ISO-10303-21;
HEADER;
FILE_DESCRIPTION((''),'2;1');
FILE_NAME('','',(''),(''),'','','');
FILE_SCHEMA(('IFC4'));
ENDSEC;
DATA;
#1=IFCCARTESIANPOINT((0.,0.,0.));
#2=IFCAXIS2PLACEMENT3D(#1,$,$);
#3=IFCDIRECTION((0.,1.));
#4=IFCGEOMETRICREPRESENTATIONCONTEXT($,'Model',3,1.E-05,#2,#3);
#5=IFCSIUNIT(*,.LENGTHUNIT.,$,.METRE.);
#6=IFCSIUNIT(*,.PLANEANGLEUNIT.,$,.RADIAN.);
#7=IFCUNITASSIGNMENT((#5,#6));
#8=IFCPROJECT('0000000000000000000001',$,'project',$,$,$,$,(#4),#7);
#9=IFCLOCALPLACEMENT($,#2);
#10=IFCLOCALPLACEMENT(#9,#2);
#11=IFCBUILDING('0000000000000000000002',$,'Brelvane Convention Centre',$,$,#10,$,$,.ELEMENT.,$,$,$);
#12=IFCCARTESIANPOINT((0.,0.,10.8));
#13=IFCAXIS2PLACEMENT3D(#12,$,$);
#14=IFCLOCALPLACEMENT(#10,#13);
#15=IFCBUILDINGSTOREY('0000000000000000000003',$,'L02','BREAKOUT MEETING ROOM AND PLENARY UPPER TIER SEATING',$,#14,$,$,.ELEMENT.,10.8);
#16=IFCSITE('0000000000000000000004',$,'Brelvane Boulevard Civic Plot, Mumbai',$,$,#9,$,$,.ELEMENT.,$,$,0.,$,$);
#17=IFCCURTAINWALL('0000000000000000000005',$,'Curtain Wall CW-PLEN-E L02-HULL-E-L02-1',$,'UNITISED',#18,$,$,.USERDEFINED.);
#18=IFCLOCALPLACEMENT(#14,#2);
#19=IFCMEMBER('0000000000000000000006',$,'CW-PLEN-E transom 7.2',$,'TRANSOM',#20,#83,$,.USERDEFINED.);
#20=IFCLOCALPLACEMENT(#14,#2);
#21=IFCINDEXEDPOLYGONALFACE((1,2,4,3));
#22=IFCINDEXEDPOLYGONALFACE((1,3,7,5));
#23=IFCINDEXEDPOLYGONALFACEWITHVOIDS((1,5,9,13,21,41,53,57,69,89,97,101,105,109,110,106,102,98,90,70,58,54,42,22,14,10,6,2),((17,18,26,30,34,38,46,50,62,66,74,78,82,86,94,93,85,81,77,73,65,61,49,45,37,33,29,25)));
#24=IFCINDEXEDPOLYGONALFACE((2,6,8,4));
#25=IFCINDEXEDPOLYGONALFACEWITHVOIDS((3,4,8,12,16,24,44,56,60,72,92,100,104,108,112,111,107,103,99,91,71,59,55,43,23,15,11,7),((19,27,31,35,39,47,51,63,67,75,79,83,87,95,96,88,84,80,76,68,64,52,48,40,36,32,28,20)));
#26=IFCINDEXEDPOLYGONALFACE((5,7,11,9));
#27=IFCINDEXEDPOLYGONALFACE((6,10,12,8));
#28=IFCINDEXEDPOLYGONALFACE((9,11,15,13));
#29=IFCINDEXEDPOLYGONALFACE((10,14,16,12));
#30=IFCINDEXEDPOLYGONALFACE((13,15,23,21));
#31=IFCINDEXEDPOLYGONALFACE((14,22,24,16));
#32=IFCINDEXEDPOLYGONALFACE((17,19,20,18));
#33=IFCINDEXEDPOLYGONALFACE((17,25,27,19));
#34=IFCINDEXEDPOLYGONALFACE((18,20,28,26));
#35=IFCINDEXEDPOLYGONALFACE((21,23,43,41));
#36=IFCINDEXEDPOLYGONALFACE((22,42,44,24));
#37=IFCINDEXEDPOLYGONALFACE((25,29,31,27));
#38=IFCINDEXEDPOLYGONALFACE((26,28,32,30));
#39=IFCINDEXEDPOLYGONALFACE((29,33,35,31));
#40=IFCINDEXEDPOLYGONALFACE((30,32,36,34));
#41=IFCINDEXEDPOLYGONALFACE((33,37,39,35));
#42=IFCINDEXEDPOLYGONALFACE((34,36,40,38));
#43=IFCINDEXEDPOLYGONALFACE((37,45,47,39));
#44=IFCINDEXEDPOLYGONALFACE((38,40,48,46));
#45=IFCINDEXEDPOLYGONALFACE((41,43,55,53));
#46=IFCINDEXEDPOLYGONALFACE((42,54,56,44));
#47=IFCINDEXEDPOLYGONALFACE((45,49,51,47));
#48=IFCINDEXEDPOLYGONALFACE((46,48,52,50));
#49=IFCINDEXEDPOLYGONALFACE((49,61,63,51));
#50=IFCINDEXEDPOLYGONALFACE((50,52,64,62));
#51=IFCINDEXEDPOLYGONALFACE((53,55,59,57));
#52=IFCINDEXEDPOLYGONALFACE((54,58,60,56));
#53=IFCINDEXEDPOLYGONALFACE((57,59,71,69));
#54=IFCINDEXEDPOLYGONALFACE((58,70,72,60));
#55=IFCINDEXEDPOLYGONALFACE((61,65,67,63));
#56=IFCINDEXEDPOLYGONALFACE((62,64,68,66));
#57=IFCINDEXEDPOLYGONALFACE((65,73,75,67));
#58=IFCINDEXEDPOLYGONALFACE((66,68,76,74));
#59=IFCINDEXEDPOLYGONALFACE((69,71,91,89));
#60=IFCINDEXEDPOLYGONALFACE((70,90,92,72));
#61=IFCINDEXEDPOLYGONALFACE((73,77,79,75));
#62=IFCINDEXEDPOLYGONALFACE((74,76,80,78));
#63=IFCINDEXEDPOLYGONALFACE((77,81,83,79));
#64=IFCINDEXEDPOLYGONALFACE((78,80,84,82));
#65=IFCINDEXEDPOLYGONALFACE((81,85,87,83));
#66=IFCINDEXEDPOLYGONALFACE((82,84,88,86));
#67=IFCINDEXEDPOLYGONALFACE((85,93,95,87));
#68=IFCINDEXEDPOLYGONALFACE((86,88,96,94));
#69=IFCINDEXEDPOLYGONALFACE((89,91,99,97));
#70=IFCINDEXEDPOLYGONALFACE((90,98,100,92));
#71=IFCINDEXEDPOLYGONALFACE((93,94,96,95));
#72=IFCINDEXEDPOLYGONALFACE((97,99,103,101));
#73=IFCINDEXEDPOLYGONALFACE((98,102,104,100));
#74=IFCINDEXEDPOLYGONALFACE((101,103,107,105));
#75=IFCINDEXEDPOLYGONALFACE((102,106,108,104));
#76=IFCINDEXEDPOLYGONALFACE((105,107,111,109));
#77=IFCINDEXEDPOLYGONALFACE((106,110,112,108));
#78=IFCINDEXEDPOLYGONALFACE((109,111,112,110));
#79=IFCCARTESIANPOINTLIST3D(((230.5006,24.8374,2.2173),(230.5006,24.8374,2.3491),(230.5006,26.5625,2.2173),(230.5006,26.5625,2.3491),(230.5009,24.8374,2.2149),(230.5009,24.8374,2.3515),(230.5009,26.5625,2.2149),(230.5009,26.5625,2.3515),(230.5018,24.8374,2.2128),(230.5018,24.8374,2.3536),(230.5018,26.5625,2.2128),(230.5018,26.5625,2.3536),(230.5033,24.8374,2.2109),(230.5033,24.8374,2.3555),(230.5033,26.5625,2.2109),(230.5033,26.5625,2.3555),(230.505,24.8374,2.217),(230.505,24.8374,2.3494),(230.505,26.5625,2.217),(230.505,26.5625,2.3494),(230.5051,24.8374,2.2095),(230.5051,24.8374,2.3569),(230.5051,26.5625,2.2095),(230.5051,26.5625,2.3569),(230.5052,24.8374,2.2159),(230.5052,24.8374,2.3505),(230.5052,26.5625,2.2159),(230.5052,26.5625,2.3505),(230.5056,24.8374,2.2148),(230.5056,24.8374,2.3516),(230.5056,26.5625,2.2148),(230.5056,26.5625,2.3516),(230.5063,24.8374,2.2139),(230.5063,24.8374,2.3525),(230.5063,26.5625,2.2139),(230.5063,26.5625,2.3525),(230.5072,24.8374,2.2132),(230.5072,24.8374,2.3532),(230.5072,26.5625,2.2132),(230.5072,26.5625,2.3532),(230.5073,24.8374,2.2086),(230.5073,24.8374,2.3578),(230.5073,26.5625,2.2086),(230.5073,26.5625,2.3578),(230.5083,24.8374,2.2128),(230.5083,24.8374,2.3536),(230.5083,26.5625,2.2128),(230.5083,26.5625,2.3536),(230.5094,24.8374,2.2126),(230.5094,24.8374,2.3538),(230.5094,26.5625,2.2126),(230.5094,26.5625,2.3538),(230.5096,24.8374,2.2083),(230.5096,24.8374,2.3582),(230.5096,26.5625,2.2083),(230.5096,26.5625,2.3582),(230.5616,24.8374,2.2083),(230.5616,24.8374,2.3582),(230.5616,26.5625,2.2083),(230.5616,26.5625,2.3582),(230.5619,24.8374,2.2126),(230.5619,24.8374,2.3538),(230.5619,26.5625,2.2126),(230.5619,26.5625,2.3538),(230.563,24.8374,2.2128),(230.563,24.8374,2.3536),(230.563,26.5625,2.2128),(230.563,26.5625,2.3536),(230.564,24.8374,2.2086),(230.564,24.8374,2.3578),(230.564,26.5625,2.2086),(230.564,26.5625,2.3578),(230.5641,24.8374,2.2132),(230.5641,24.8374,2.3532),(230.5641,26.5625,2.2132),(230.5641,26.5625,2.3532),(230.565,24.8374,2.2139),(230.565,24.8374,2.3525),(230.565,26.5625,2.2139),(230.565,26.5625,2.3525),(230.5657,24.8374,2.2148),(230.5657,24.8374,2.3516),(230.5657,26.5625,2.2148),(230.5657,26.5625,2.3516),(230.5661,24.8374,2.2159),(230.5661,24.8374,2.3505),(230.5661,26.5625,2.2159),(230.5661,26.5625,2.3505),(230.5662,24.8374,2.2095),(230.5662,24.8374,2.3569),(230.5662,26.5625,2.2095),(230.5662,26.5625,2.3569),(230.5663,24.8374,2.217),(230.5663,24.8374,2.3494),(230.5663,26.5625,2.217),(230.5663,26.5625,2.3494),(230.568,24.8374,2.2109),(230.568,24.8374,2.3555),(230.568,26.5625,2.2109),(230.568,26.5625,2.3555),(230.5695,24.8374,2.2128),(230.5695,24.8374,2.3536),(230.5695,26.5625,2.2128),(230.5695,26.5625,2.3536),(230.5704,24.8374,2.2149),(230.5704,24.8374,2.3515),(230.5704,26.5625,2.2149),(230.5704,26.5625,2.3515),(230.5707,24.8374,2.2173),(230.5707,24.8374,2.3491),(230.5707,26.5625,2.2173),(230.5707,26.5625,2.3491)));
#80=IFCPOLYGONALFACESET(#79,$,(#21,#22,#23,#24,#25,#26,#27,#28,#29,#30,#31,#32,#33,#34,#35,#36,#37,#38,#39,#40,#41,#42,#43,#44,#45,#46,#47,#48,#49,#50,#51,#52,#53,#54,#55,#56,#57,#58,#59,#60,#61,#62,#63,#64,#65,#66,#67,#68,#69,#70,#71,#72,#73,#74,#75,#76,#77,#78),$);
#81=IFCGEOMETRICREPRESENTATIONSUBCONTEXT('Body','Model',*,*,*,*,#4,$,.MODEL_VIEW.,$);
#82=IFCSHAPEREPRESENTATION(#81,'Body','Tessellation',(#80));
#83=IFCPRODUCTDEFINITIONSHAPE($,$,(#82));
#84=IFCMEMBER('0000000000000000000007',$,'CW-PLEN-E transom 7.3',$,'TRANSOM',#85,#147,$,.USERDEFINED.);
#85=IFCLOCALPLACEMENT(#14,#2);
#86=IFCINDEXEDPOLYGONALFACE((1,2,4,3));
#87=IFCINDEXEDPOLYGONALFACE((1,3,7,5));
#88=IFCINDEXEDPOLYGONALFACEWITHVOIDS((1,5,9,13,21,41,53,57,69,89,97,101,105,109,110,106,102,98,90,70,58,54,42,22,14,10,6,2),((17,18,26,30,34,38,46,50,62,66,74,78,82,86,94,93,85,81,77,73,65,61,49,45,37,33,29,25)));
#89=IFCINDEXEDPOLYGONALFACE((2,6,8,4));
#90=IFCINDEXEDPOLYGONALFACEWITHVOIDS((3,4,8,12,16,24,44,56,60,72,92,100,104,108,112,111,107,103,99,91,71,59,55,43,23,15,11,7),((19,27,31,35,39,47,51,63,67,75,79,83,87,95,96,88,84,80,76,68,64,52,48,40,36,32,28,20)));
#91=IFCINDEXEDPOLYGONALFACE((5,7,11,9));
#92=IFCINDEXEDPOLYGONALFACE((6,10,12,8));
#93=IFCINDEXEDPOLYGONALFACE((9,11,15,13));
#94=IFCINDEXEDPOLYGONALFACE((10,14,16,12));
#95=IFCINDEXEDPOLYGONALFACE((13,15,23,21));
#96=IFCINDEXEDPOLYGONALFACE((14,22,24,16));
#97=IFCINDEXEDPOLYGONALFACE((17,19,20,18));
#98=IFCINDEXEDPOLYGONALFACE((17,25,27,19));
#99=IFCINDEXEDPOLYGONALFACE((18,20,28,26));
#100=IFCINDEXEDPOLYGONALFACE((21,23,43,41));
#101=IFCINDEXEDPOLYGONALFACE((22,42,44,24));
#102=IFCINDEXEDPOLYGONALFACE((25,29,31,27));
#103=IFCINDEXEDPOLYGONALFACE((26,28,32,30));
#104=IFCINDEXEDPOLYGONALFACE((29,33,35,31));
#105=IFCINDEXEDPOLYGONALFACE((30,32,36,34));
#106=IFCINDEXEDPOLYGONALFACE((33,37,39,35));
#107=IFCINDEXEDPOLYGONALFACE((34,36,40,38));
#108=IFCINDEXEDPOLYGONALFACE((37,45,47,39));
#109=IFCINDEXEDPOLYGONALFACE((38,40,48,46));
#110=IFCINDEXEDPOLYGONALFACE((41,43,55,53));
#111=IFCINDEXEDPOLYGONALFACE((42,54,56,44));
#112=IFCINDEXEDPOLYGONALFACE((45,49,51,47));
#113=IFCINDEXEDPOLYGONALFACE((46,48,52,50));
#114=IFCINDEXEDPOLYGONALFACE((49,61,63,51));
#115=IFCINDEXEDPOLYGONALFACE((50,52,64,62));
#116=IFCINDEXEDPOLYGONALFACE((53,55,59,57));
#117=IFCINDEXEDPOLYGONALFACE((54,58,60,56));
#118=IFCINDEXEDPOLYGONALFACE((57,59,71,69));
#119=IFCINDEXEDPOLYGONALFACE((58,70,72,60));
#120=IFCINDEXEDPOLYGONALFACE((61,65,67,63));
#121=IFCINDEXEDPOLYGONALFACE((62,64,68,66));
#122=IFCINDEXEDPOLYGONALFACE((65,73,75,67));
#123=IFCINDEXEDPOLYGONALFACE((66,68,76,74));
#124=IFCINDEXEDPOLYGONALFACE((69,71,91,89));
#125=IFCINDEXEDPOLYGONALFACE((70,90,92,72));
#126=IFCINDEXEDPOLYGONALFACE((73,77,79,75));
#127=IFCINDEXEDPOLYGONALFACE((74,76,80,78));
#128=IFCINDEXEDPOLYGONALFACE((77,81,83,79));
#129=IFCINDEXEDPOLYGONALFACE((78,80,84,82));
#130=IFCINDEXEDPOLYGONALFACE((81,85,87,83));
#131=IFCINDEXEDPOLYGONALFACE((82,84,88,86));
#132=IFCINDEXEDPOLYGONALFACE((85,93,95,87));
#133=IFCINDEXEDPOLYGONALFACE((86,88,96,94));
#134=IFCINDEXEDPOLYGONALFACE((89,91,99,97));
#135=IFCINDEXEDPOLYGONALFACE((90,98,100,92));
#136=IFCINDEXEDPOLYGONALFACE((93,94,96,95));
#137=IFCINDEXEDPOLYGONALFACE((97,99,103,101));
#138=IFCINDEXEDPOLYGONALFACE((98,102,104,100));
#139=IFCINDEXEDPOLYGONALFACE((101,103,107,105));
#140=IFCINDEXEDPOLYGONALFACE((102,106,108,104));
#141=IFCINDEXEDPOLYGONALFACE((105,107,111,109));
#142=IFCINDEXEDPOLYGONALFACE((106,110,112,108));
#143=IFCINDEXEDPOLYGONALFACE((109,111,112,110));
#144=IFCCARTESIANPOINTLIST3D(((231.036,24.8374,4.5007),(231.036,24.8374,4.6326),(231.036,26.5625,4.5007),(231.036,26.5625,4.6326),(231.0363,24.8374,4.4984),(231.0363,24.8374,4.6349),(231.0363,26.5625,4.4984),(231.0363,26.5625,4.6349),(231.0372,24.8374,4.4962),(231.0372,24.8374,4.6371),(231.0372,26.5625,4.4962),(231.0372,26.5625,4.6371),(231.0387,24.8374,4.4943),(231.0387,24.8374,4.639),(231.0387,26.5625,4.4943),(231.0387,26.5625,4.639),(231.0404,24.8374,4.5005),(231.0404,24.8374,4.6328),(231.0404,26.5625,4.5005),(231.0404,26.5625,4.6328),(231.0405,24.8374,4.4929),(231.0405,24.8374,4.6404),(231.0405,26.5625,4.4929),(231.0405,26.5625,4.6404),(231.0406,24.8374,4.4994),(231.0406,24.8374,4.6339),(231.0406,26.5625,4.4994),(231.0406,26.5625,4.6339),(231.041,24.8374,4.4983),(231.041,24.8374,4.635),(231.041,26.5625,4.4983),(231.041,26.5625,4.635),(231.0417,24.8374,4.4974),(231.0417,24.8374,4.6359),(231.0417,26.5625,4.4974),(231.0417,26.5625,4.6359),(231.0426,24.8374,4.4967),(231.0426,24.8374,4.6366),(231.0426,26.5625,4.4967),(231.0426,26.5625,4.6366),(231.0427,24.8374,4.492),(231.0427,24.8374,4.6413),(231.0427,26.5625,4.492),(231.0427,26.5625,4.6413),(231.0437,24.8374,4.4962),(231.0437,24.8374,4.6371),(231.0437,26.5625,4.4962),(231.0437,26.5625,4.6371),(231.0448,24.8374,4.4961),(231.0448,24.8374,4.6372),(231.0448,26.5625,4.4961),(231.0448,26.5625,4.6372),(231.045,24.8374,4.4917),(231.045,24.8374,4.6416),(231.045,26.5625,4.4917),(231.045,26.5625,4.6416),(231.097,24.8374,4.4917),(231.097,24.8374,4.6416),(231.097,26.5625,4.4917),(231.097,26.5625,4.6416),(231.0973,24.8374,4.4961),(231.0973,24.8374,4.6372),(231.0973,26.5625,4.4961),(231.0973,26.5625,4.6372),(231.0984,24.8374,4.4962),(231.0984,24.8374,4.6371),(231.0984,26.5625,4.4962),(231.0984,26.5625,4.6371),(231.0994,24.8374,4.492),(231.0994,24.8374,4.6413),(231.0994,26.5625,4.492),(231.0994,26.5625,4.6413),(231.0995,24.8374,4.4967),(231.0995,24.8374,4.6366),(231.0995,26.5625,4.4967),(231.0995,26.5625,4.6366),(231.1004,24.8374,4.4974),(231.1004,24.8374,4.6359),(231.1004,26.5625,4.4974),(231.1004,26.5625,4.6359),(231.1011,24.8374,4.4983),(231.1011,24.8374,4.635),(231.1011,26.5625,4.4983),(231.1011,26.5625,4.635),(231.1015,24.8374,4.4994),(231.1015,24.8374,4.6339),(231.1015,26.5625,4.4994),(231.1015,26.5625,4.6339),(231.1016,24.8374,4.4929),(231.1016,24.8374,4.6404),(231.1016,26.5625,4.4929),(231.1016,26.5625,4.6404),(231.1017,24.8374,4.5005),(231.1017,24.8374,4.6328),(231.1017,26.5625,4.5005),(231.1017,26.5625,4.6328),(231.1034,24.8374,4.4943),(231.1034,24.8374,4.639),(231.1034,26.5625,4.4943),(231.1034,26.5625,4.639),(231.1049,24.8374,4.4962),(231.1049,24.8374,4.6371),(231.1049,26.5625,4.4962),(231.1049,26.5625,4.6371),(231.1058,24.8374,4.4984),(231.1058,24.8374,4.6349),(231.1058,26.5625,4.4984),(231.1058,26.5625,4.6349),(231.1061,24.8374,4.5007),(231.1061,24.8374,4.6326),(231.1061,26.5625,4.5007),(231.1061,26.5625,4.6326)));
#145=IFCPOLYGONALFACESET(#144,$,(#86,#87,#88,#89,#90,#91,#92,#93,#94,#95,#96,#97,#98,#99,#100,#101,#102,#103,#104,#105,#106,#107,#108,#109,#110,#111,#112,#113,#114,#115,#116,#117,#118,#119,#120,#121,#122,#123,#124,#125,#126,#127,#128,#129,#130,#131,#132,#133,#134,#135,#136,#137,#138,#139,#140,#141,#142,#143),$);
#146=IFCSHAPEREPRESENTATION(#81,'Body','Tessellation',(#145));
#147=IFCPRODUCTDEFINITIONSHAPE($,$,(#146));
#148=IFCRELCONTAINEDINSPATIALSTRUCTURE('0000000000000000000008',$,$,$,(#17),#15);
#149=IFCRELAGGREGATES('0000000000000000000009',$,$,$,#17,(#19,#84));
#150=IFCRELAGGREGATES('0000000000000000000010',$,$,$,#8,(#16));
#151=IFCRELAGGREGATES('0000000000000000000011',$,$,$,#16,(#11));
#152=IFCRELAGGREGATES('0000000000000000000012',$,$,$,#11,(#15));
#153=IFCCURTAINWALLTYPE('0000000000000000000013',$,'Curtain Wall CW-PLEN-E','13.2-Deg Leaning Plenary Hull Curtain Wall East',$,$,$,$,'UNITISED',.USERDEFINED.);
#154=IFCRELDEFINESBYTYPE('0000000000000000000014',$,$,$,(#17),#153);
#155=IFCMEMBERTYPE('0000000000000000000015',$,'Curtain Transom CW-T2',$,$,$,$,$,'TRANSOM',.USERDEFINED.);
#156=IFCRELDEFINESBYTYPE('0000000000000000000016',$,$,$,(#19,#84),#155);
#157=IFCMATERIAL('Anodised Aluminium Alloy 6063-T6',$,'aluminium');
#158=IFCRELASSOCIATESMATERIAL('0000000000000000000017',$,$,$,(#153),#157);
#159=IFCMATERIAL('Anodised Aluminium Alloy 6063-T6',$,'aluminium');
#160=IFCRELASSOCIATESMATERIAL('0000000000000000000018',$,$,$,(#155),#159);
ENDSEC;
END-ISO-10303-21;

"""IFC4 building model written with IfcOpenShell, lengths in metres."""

from ifc_helpers import new_model, si_unit, direction, frame, origin, origin_2d, place, context, subcontext, project, spatial, hollow_rectangle, extrude, material, material_profile, profile_set, type_object, element, aggregate, save


model = new_model("IFC4")

# Units and contexts
model_context = context("Model", 3, precision=1e-05, world=origin(), true_north=direction((0.0, 1.0)))
body_context = subcontext(model_context, "Body", "Model", "MODEL_VIEW")
ifc_project = project(units=[si_unit("LENGTHUNIT", "METRE"), si_unit("PLANEANGLEUNIT", "RADIAN")], contexts=[model_context])

# Site, building, storey
site_placement = place(None, origin())
site = spatial("IfcSite", under=ifc_project, at=site_placement, Name="Brelvane Boulevard Civic Plot, Mumbai", CompositionType="ELEMENT", RefElevation=0.0)
building_placement = place(site_placement, origin())
building = spatial("IfcBuilding", under=site, at=building_placement, Name="Brelvane Convention Centre", CompositionType="ELEMENT")
storey_placement = place(building_placement, frame((0.0, 0.0, 10.8)))
storey = spatial("IfcBuildingStorey", under=building, at=storey_placement, Name="L02", Description="BREAKOUT MEETING ROOM AND PLENARY UPPER TIER SEATING", CompositionType="ELEMENT", Elevation=10.8)

# Curtain wall, members
ifc_material_1 = material(Name="Anodised Aluminium Alloy 6063-T6", Category="aluminium")
curtain_wall_type = type_object("IfcCurtainWallType", Name="Curtain Wall CW-PLEN-E", Description="13.2-Deg Leaning Plenary Hull Curtain Wall East", ElementType="UNITISED", PredefinedType="USERDEFINED", material=ifc_material_1)
curtain_wall_1_placement = place(storey_placement, origin())
curtain_wall_1 = element("IfcCurtainWall", 1, at=curtain_wall_1_placement, inside=storey, type_object=curtain_wall_type, Name="Curtain Wall CW-PLEN-E L02-HULL-E-L02-1", ObjectType="UNITISED", PredefinedType="USERDEFINED")
ifc_material_2 = material(Name="Anodised Aluminium Alloy 6063-T6", Category="aluminium")
ifc_material_profile = material_profile(ifc_material_2, hollow_rectangle(XDim=0.0701, YDim=0.1499, WallThickness=0.0044, InnerFilletRadius=0.0044, OuterFilletRadius=0.009, at=origin_2d()), Name="ALU-T 150x70x4.5")
ifc_profile_set = profile_set([ifc_material_profile], Name="Anodised Aluminium Alloy 6063-T6")
member_type = type_object("IfcMemberType", Name="Curtain Transom CW-T2", ElementType="TRANSOM", PredefinedType="USERDEFINED", material=ifc_profile_set)
member_1_placement = place(storey_placement, frame((230.5356, 24.8374, 2.2832), z_axis=(0.0, 1.0, 0.0), x_axis=(-1.0, 0.0, 0.0)))
member_1 = element("IfcMember", 2, at=member_1_placement, type_object=member_type, Name="CW-PLEN-E transom 7.2", ObjectType="TRANSOM", PredefinedType="USERDEFINED", context=body_context, shape_type="SweptSolid", body=[
    extrude(hollow_rectangle(XDim=0.0701, YDim=0.1499, WallThickness=0.0044, InnerFilletRadius=0.0044, OuterFilletRadius=0.009, at=origin_2d()), origin(), (0.0, 0.0, 1.0), 1.7251),
])
member_2_placement = place(storey_placement, frame((231.071, 24.8374, 4.5667), z_axis=(0.0, 1.0, 0.0), x_axis=(-1.0, 0.0, 0.0)))
member_2 = element("IfcMember", 3, at=member_2_placement, type_object=member_type, Name="CW-PLEN-E transom 7.3", ObjectType="TRANSOM", PredefinedType="USERDEFINED", context=body_context, shape_type="SweptSolid", body=[
    extrude(hollow_rectangle(XDim=0.0701, YDim=0.1499, WallThickness=0.0044, InnerFilletRadius=0.0044, OuterFilletRadius=0.009, at=origin_2d()), origin(), (0.0, 0.0, 1.0), 1.7251),
])

aggregate(curtain_wall_1, [member_1, member_2])

save(model, "model.ifc")
